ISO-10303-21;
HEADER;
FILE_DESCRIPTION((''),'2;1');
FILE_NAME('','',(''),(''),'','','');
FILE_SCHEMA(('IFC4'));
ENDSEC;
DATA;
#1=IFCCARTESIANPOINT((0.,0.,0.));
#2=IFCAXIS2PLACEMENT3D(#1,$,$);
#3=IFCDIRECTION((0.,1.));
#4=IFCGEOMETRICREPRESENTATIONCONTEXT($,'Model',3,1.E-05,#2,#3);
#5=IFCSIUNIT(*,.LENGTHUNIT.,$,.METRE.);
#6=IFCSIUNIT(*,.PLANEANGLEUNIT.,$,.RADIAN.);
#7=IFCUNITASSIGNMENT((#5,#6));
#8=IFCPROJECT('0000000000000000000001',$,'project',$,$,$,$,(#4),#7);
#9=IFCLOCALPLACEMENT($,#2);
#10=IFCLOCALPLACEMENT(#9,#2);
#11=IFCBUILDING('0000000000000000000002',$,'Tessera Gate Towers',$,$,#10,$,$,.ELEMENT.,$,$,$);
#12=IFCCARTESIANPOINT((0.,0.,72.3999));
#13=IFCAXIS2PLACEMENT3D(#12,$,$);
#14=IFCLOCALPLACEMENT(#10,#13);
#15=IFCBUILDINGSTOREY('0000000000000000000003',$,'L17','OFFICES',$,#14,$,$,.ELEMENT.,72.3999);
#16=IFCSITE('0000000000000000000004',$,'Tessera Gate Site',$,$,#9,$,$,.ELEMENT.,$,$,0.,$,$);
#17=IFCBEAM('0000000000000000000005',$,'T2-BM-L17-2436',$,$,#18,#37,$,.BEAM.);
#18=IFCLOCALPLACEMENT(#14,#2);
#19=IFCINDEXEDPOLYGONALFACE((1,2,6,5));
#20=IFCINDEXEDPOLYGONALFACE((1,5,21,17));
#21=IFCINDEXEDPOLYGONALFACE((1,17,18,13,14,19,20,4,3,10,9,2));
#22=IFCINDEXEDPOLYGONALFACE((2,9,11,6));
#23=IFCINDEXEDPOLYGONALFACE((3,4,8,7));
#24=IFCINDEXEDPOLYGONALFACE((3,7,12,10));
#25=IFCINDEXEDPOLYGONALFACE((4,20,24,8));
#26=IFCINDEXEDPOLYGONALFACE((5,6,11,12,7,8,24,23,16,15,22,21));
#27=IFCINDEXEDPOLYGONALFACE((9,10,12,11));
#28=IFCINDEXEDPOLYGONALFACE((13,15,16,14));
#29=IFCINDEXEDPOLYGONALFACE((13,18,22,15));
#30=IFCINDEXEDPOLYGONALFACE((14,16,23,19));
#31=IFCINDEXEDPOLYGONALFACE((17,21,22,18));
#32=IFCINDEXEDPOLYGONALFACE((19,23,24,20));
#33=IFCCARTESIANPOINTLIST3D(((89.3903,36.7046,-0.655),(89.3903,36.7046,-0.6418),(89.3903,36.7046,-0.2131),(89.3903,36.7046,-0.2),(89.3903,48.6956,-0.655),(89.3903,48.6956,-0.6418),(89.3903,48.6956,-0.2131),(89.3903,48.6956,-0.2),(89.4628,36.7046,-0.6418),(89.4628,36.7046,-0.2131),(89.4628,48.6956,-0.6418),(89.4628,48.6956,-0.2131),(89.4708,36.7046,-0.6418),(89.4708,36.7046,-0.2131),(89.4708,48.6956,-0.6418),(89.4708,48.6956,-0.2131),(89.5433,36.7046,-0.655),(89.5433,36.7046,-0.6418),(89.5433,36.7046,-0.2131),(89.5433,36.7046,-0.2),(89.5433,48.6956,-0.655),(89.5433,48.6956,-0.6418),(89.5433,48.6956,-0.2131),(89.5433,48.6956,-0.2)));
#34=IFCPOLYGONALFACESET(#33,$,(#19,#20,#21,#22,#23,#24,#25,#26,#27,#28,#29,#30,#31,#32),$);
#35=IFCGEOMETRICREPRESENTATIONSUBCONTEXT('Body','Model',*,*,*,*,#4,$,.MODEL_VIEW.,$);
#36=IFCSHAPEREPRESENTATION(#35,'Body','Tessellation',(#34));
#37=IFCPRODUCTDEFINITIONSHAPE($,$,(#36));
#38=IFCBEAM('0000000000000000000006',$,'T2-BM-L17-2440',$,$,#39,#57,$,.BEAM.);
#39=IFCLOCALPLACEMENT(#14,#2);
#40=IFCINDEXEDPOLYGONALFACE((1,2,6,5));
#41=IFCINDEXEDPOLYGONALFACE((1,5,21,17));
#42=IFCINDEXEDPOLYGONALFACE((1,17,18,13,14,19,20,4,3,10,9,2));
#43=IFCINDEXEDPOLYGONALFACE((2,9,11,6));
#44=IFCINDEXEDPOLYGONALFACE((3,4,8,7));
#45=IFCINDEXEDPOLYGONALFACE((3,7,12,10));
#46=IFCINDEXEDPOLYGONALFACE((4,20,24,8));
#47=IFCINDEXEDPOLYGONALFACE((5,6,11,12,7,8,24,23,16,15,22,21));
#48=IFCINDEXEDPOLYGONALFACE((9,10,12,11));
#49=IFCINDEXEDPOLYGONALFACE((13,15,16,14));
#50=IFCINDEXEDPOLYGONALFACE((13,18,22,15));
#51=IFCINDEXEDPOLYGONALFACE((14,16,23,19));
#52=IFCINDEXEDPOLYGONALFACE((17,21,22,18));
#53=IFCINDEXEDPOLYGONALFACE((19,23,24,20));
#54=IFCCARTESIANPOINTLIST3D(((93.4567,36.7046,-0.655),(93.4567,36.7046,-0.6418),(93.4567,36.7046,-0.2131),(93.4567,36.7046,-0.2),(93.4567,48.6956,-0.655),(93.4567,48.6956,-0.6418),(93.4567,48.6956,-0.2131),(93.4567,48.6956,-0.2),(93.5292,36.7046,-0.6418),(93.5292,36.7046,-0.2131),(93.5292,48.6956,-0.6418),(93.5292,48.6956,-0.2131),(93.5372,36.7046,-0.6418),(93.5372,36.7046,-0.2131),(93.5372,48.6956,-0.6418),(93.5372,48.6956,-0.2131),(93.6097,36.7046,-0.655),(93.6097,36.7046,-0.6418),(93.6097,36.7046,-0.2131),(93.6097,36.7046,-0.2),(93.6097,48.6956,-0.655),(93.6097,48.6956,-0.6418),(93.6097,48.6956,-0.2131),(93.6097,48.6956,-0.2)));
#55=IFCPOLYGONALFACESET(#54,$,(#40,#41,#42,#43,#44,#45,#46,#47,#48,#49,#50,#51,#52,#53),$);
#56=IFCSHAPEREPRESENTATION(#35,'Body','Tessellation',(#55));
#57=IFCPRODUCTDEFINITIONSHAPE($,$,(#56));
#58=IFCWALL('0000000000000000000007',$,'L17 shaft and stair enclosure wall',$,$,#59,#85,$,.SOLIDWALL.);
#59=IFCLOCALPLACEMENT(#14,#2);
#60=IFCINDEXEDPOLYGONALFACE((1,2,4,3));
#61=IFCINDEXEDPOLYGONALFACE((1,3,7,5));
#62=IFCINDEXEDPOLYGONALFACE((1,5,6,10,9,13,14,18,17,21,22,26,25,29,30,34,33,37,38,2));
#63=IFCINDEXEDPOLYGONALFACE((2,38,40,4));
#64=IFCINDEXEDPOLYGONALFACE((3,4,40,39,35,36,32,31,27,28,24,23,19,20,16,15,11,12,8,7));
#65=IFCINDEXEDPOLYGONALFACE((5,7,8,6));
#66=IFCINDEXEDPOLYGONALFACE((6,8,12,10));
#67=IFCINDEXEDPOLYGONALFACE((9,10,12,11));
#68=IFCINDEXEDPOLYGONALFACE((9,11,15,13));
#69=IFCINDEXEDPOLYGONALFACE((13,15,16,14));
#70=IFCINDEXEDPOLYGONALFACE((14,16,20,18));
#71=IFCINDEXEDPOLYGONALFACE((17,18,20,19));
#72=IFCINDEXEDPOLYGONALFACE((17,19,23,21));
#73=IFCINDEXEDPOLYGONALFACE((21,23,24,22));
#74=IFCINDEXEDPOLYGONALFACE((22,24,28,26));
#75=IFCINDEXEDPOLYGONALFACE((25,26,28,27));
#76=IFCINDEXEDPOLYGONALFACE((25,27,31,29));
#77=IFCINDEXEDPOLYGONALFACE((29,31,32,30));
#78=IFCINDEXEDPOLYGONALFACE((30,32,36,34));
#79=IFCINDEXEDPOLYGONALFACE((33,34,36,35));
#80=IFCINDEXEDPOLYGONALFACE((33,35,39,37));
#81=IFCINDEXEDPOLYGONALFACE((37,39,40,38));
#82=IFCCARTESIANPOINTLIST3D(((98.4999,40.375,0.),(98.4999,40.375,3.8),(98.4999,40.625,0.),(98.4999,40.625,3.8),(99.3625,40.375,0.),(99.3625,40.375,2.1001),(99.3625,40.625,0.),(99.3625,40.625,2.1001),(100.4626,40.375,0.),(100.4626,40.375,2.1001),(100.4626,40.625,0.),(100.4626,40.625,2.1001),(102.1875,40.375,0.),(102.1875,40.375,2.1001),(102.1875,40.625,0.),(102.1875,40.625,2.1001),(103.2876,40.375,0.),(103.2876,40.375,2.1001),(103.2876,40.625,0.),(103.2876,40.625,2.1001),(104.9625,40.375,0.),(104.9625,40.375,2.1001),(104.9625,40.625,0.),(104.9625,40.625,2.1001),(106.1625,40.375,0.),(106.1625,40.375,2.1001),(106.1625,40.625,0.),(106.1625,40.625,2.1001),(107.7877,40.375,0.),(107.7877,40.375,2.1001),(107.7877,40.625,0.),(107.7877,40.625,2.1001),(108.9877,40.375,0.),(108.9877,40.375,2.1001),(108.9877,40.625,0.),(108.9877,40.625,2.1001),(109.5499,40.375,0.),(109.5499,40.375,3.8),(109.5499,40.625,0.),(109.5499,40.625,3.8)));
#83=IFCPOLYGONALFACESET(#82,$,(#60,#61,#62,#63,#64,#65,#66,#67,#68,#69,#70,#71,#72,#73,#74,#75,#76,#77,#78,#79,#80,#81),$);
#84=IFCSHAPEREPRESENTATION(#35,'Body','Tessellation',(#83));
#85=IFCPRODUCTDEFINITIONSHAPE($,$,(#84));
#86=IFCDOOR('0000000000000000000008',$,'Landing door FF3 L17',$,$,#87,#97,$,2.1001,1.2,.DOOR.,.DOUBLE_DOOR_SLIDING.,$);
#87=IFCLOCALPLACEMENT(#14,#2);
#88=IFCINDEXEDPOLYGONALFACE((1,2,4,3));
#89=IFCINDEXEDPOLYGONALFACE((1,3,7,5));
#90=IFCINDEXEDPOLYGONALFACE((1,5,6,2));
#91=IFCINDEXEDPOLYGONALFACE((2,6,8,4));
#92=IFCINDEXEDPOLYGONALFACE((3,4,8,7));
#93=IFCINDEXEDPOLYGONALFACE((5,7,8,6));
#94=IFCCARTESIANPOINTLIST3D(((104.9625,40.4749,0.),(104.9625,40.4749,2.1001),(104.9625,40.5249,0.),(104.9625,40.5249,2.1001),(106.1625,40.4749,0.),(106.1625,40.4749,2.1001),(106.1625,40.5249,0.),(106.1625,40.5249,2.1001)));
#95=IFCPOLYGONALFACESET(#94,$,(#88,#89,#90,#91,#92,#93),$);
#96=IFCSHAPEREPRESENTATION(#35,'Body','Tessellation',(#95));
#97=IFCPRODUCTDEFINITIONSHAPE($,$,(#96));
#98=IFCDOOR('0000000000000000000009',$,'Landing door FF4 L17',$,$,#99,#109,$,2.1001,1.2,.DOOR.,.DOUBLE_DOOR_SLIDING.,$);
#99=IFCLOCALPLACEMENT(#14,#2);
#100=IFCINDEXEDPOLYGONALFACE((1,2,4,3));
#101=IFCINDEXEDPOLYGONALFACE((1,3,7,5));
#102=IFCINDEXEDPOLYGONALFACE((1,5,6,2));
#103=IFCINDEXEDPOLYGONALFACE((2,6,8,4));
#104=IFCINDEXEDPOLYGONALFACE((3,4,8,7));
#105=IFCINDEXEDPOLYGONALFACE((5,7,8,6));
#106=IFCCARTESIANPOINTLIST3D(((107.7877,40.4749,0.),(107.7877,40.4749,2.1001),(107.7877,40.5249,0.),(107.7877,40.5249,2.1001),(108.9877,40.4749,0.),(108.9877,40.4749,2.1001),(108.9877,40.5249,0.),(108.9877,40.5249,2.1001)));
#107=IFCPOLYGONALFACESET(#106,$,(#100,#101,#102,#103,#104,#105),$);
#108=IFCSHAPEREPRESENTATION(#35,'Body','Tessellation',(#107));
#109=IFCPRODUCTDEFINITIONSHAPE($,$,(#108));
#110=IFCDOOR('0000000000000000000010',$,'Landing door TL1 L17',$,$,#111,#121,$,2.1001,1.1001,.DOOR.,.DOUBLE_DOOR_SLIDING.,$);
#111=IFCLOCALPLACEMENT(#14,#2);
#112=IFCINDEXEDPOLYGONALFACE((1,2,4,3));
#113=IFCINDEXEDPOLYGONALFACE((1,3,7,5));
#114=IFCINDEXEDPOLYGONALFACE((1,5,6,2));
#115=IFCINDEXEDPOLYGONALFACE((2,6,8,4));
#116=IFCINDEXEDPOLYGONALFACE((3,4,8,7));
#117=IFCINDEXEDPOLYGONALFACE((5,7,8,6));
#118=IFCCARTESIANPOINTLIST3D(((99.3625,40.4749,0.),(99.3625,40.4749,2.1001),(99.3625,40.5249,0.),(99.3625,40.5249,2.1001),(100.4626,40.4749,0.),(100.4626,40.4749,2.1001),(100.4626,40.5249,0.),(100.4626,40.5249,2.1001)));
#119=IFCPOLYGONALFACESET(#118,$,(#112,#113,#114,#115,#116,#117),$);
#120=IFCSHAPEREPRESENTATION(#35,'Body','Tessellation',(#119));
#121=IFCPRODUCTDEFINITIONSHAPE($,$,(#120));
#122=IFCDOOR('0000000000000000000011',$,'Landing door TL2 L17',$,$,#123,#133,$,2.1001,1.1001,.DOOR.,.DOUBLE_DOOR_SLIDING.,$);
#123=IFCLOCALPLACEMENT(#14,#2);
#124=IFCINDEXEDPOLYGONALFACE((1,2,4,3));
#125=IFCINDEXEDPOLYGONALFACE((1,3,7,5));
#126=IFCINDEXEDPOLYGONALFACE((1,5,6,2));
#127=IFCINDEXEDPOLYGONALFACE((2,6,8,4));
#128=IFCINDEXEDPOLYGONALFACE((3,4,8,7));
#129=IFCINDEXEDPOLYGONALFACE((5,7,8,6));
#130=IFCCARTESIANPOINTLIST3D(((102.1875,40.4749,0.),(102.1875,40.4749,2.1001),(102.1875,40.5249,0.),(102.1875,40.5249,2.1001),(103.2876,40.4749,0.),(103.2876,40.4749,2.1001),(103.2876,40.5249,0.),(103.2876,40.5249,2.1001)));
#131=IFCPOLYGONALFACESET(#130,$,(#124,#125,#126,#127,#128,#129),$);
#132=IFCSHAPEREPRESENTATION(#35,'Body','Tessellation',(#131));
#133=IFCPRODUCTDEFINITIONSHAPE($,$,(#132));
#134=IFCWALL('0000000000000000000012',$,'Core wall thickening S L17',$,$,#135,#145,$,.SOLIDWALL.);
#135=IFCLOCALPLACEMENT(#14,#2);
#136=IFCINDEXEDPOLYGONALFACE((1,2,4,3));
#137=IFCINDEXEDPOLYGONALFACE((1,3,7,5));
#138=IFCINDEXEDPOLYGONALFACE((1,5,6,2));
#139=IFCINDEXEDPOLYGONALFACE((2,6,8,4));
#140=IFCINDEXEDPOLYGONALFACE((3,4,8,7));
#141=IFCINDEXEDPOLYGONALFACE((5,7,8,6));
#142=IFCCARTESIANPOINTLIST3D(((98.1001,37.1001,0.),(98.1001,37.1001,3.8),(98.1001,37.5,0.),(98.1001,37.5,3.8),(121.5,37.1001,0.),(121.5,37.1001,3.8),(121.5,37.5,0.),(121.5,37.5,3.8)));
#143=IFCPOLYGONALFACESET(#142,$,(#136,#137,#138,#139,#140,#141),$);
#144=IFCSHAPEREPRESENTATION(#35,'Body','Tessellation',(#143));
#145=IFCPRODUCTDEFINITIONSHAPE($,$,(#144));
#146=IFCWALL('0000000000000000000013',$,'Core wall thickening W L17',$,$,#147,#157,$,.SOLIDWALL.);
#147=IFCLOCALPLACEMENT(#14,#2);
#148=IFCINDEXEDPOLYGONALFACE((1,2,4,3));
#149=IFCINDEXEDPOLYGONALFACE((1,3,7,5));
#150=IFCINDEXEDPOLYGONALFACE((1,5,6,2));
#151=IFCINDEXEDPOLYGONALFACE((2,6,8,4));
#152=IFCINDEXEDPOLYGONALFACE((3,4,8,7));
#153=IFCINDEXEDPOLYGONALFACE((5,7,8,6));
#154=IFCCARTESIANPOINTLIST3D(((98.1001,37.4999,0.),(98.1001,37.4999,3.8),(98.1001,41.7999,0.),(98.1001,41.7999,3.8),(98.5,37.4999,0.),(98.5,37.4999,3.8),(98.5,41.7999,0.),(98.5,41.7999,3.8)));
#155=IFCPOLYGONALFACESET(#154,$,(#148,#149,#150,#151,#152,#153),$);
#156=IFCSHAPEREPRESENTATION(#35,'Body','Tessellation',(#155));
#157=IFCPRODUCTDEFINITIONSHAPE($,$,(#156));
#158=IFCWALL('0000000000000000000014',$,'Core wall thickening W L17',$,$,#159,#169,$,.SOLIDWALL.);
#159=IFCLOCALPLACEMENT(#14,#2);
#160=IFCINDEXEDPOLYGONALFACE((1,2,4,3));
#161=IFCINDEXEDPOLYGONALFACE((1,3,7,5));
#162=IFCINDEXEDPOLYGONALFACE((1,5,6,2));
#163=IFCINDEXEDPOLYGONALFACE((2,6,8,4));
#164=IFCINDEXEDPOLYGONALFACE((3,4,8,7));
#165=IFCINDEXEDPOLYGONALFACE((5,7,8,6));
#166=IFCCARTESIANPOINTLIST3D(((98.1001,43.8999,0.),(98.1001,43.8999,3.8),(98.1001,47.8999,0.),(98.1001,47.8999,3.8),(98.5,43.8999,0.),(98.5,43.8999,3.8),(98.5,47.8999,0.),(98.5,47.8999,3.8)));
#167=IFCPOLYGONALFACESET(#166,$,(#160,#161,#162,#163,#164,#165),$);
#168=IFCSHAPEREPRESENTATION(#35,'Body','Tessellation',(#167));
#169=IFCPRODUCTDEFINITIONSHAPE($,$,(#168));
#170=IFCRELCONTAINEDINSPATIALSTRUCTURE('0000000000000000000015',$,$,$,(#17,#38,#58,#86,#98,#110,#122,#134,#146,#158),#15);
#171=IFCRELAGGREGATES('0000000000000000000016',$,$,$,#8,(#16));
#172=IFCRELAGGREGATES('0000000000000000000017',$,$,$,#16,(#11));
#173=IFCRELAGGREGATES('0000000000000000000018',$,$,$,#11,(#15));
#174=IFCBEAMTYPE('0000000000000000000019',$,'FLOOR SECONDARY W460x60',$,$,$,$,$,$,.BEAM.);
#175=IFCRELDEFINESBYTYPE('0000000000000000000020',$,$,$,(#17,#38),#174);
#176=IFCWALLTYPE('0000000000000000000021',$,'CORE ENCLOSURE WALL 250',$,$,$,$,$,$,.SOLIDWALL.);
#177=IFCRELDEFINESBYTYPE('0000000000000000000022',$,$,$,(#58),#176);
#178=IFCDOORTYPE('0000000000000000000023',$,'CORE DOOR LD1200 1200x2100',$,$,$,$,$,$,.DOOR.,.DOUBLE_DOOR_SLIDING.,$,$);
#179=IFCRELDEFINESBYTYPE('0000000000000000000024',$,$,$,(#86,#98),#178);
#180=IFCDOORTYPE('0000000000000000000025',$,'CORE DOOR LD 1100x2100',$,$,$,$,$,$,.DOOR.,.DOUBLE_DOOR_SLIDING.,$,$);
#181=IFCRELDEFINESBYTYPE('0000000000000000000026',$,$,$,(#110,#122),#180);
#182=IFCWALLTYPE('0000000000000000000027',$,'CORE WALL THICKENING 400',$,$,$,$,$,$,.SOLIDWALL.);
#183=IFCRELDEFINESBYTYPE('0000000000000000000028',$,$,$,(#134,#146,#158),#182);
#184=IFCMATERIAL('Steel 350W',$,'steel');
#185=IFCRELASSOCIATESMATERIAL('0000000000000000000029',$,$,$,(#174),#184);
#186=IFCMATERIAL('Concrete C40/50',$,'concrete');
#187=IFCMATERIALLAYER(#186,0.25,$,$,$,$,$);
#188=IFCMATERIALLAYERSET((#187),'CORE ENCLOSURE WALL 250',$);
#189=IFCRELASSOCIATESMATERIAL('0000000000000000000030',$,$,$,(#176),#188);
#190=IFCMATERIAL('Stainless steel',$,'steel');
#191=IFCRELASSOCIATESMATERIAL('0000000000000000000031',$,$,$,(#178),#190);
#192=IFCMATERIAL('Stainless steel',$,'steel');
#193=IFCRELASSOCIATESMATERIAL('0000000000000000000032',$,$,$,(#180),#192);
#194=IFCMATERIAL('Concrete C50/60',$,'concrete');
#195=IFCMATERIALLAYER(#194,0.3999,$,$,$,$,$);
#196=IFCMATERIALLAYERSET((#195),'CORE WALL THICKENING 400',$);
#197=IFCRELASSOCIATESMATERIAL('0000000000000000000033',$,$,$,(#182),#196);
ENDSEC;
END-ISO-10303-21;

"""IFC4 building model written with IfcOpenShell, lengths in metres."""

from ifc_helpers import new_model, si_unit, direction, frame, frame_2d, origin, origin_2d, place, context, subcontext, project, spatial, rectangle, i_section, extrude, source, transform, mapped, material, layer, layer_set, material_profile, profile_set, type_object, element, fill, save


model = new_model("IFC4")

# Units and contexts
model_context = context("Model", 3, precision=1e-05, world=origin(), true_north=direction((0.0, 1.0)))
body_context = subcontext(model_context, "Body", "Model", "MODEL_VIEW")
ifc_project = project(units=[si_unit("LENGTHUNIT", "METRE"), si_unit("PLANEANGLEUNIT", "RADIAN")], contexts=[model_context])

# Site, building, storey
site_placement = place(None, origin())
site = spatial("IfcSite", under=ifc_project, at=site_placement, Name="Tessera Gate Site", CompositionType="ELEMENT", RefElevation=0.0)
building_placement = place(site_placement, origin())
building = spatial("IfcBuilding", under=site, at=building_placement, Name="Tessera Gate Towers", CompositionType="ELEMENT")
storey_placement = place(building_placement, frame((0.0, 0.0, 72.3999)))
storey = spatial("IfcBuildingStorey", under=building, at=storey_placement, Name="L17", Description="OFFICES", CompositionType="ELEMENT", Elevation=72.3999)

# Beams
ifc_material_1 = material(Name="Steel 350W", Category="steel")
ifc_material_profile = material_profile(ifc_material_1, i_section(OverallWidth=0.1531, OverallDepth=0.4551, WebThickness=0.0081, FlangeThickness=0.0132, at=origin_2d()), Name="W460x60")
ifc_profile_set = profile_set([ifc_material_profile], Name="Steel 350W")
beam_type = type_object("IfcBeamType", Name="FLOOR SECONDARY W460x60", PredefinedType="BEAM", material=ifc_profile_set)
for number, where, z_axis, x_axis, name in (
    (1, (89.4668, 36.7046, -0.4275), (0.0, 1.0, 0.0), (-1.0, 0.0, 0.0), "T2-BM-L17-2436"),
    (2, (93.5332, 36.7046, -0.4275), (0.0, 1.0, 0.0), (-1.0, 0.0, 0.0), "T2-BM-L17-2440"),
):
    element("IfcBeam", number, at=place(storey_placement, frame(where, z_axis=z_axis, x_axis=x_axis)), inside=storey, type_object=beam_type, Name=name, PredefinedType="BEAM", context=body_context, shape_type="SweptSolid", body=[
        extrude(i_section(OverallWidth=0.1531, OverallDepth=0.4551, WebThickness=0.0081, FlangeThickness=0.0132, at=origin_2d()), origin(), (0.0, 0.0, 1.0), 11.991),
    ])

# Wall, openings, doors
ifc_material_2 = material(Name="Concrete C40/50", Category="concrete")
ifc_layer_1 = layer(ifc_material_2, 0.25)
ifc_layer_set_1 = layer_set([ifc_layer_1], Name="CORE ENCLOSURE WALL 250")
wall_type_1 = type_object("IfcWallType", Name="CORE ENCLOSURE WALL 250", PredefinedType="SOLIDWALL", material=ifc_layer_set_1)
wall_1_placement = place(storey_placement, frame((98.5, 40.5, 0.0), z_axis=(0.0, 0.0, 1.0), x_axis=(1.0, 0.0, 0.0)))
wall_1 = element("IfcWall", 3, at=wall_1_placement, inside=storey, type_object=wall_type_1, Name="L17 shaft and stair enclosure wall", PredefinedType="SOLIDWALL", context=body_context, shape_type="SweptSolid", body=[
    extrude(rectangle(XDim=11.05, YDim=0.25, at=frame_2d((5.5249, 0.0))), origin(), (0.0, 0.0, 1.0), 3.8),
])
shared_shape_1 = source(origin(), body_context, "Body", "SweptSolid", [
    extrude(rectangle(XDim=1.1001, YDim=2.1001, at=frame_2d((0.55, 1.05))), frame((0.0, 0.135, 0.0), z_axis=(0.0, -1.0, 0.0), x_axis=(1.0, 0.0, 0.0)), (0.0, 0.0, 1.0), 0.27),
])
opening_1_placement = place(wall_1_placement, frame((0.8625, 0.0, 0.0)))
opening_1 = element("IfcOpeningElement", 4, at=opening_1_placement, cuts=wall_1, PredefinedType="OPENING", context=body_context, shape_type="MappedRepresentation", body=[
    mapped(shared_shape_1, transform((0.0, 0.0, 0.0), scale=1.0)),
])
opening_2_placement = place(wall_1_placement, frame((3.6875, 0.0, 0.0)))
opening_2 = element("IfcOpeningElement", 5, at=opening_2_placement, cuts=wall_1, PredefinedType="OPENING", context=body_context, shape_type="MappedRepresentation", body=[
    mapped(shared_shape_1, transform((0.0, 0.0, 0.0), scale=1.0)),
])
shared_shape_2 = source(origin(), body_context, "Body", "SweptSolid", [
    extrude(rectangle(XDim=1.2, YDim=2.1001, at=frame_2d((0.6001, 1.05))), frame((0.0, 0.135, 0.0), z_axis=(0.0, -1.0, 0.0), x_axis=(1.0, 0.0, 0.0)), (0.0, 0.0, 1.0), 0.27),
])
opening_3_placement = place(wall_1_placement, frame((6.4624, 0.0, 0.0)))
opening_3 = element("IfcOpeningElement", 6, at=opening_3_placement, cuts=wall_1, PredefinedType="OPENING", context=body_context, shape_type="MappedRepresentation", body=[
    mapped(shared_shape_2, transform((0.0, 0.0, 0.0), scale=1.0)),
])
opening_4_placement = place(wall_1_placement, frame((9.2876, 0.0, 0.0)))
opening_4 = element("IfcOpeningElement", 7, at=opening_4_placement, cuts=wall_1, PredefinedType="OPENING", context=body_context, shape_type="MappedRepresentation", body=[
    mapped(shared_shape_2, transform((0.0, 0.0, 0.0), scale=1.0)),
])
ifc_material_3 = material(Name="Stainless steel", Category="steel")
door_type_1 = type_object("IfcDoorType", Name="CORE DOOR LD1200 1200x2100", OperationType="DOUBLE_DOOR_SLIDING", PredefinedType="DOOR", material=ifc_material_3)
shared_shape_3 = source(origin(), body_context, "Body", "SweptSolid", [
    extrude(rectangle(XDim=1.2, YDim=2.1001, at=frame_2d((0.6001, 1.05))), frame((0.0, 0.0249, 0.0), z_axis=(0.0, -1.0, 0.0), x_axis=(1.0, 0.0, 0.0)), (0.0, 0.0, 1.0), 0.05),
])
door_1_placement = place(opening_3_placement, origin())
door_1 = element("IfcDoor", 8, at=door_1_placement, inside=storey, type_object=door_type_1, Name="Landing door FF3 L17", OperationType="DOUBLE_DOOR_SLIDING", OverallHeight=2.1001, OverallWidth=1.2, PredefinedType="DOOR", context=body_context, shape_type="MappedRepresentation", body=[
    mapped(shared_shape_3, transform((0.0, 0.0, 0.0), scale=1.0)),
])
fill(opening_3, door_1)
door_2_placement = place(opening_4_placement, origin())
door_2 = element("IfcDoor", 9, at=door_2_placement, inside=storey, type_object=door_type_1, Name="Landing door FF4 L17", OperationType="DOUBLE_DOOR_SLIDING", OverallHeight=2.1001, OverallWidth=1.2, PredefinedType="DOOR", context=body_context, shape_type="MappedRepresentation", body=[
    mapped(shared_shape_3, transform((0.0, 0.0, 0.0), scale=1.0)),
])
fill(opening_4, door_2)
ifc_material_4 = material(Name="Stainless steel", Category="steel")
door_type_2 = type_object("IfcDoorType", Name="CORE DOOR LD 1100x2100", OperationType="DOUBLE_DOOR_SLIDING", PredefinedType="DOOR", material=ifc_material_4)
shared_shape_4 = source(origin(), body_context, "Body", "SweptSolid", [
    extrude(rectangle(XDim=1.1001, YDim=2.1001, at=frame_2d((0.55, 1.05))), frame((0.0, 0.0249, 0.0), z_axis=(0.0, -1.0, 0.0), x_axis=(1.0, 0.0, 0.0)), (0.0, 0.0, 1.0), 0.05),
])
door_3_placement = place(opening_1_placement, origin())
door_3 = element("IfcDoor", 10, at=door_3_placement, inside=storey, type_object=door_type_2, Name="Landing door TL1 L17", OperationType="DOUBLE_DOOR_SLIDING", OverallHeight=2.1001, OverallWidth=1.1001, PredefinedType="DOOR", context=body_context, shape_type="MappedRepresentation", body=[
    mapped(shared_shape_4, transform((0.0, 0.0, 0.0), scale=1.0)),
])
fill(opening_1, door_3)
door_4_placement = place(opening_2_placement, origin())
door_4 = element("IfcDoor", 11, at=door_4_placement, inside=storey, type_object=door_type_2, Name="Landing door TL2 L17", OperationType="DOUBLE_DOOR_SLIDING", OverallHeight=2.1001, OverallWidth=1.1001, PredefinedType="DOOR", context=body_context, shape_type="MappedRepresentation", body=[
    mapped(shared_shape_4, transform((0.0, 0.0, 0.0), scale=1.0)),
])
fill(opening_2, door_4)

# Walls
ifc_material_5 = material(Name="Concrete C50/60", Category="concrete")
ifc_layer_2 = layer(ifc_material_5, 0.3999)
ifc_layer_set_2 = layer_set([ifc_layer_2], Name="CORE WALL THICKENING 400")
wall_type_2 = type_object("IfcWallType", Name="CORE WALL THICKENING 400", PredefinedType="SOLIDWALL", material=ifc_layer_set_2)
wall_2_placement = place(storey_placement, frame((98.1001, 37.3, 0.0), z_axis=(0.0, 0.0, 1.0), x_axis=(1.0, 0.0, 0.0)))
element("IfcWall", 12, at=wall_2_placement, inside=storey, type_object=wall_type_2, Name="Core wall thickening S L17", PredefinedType="SOLIDWALL", context=body_context, shape_type="SweptSolid", body=[
    extrude(rectangle(XDim=23.3999, YDim=0.3999, at=frame_2d((11.7, 0.0))), origin(), (0.0, 0.0, 1.0), 3.8),
])
wall_3_placement = place(storey_placement, frame((98.3, 37.5, 0.0), z_axis=(0.0, 0.0, 1.0), x_axis=(0.0, 1.0, 0.0)))
element("IfcWall", 13, at=wall_3_placement, inside=storey, type_object=wall_type_2, Name="Core wall thickening W L17", PredefinedType="SOLIDWALL", context=body_context, shape_type="SweptSolid", body=[
    extrude(rectangle(XDim=4.3, YDim=0.3999, at=frame_2d((2.1499, 0.0))), origin(), (0.0, 0.0, 1.0), 3.8),
])
wall_4_placement = place(storey_placement, frame((98.3, 43.8999, 0.0), z_axis=(0.0, 0.0, 1.0), x_axis=(0.0, 1.0, 0.0)))
element("IfcWall", 14, at=wall_4_placement, inside=storey, type_object=wall_type_2, Name="Core wall thickening W L17", PredefinedType="SOLIDWALL", context=body_context, shape_type="SweptSolid", body=[
    extrude(rectangle(XDim=4.0, YDim=0.3999, at=frame_2d((2.0, 0.0))), origin(), (0.0, 0.0, 1.0), 3.8),
])

save(model, "model.ifc")
